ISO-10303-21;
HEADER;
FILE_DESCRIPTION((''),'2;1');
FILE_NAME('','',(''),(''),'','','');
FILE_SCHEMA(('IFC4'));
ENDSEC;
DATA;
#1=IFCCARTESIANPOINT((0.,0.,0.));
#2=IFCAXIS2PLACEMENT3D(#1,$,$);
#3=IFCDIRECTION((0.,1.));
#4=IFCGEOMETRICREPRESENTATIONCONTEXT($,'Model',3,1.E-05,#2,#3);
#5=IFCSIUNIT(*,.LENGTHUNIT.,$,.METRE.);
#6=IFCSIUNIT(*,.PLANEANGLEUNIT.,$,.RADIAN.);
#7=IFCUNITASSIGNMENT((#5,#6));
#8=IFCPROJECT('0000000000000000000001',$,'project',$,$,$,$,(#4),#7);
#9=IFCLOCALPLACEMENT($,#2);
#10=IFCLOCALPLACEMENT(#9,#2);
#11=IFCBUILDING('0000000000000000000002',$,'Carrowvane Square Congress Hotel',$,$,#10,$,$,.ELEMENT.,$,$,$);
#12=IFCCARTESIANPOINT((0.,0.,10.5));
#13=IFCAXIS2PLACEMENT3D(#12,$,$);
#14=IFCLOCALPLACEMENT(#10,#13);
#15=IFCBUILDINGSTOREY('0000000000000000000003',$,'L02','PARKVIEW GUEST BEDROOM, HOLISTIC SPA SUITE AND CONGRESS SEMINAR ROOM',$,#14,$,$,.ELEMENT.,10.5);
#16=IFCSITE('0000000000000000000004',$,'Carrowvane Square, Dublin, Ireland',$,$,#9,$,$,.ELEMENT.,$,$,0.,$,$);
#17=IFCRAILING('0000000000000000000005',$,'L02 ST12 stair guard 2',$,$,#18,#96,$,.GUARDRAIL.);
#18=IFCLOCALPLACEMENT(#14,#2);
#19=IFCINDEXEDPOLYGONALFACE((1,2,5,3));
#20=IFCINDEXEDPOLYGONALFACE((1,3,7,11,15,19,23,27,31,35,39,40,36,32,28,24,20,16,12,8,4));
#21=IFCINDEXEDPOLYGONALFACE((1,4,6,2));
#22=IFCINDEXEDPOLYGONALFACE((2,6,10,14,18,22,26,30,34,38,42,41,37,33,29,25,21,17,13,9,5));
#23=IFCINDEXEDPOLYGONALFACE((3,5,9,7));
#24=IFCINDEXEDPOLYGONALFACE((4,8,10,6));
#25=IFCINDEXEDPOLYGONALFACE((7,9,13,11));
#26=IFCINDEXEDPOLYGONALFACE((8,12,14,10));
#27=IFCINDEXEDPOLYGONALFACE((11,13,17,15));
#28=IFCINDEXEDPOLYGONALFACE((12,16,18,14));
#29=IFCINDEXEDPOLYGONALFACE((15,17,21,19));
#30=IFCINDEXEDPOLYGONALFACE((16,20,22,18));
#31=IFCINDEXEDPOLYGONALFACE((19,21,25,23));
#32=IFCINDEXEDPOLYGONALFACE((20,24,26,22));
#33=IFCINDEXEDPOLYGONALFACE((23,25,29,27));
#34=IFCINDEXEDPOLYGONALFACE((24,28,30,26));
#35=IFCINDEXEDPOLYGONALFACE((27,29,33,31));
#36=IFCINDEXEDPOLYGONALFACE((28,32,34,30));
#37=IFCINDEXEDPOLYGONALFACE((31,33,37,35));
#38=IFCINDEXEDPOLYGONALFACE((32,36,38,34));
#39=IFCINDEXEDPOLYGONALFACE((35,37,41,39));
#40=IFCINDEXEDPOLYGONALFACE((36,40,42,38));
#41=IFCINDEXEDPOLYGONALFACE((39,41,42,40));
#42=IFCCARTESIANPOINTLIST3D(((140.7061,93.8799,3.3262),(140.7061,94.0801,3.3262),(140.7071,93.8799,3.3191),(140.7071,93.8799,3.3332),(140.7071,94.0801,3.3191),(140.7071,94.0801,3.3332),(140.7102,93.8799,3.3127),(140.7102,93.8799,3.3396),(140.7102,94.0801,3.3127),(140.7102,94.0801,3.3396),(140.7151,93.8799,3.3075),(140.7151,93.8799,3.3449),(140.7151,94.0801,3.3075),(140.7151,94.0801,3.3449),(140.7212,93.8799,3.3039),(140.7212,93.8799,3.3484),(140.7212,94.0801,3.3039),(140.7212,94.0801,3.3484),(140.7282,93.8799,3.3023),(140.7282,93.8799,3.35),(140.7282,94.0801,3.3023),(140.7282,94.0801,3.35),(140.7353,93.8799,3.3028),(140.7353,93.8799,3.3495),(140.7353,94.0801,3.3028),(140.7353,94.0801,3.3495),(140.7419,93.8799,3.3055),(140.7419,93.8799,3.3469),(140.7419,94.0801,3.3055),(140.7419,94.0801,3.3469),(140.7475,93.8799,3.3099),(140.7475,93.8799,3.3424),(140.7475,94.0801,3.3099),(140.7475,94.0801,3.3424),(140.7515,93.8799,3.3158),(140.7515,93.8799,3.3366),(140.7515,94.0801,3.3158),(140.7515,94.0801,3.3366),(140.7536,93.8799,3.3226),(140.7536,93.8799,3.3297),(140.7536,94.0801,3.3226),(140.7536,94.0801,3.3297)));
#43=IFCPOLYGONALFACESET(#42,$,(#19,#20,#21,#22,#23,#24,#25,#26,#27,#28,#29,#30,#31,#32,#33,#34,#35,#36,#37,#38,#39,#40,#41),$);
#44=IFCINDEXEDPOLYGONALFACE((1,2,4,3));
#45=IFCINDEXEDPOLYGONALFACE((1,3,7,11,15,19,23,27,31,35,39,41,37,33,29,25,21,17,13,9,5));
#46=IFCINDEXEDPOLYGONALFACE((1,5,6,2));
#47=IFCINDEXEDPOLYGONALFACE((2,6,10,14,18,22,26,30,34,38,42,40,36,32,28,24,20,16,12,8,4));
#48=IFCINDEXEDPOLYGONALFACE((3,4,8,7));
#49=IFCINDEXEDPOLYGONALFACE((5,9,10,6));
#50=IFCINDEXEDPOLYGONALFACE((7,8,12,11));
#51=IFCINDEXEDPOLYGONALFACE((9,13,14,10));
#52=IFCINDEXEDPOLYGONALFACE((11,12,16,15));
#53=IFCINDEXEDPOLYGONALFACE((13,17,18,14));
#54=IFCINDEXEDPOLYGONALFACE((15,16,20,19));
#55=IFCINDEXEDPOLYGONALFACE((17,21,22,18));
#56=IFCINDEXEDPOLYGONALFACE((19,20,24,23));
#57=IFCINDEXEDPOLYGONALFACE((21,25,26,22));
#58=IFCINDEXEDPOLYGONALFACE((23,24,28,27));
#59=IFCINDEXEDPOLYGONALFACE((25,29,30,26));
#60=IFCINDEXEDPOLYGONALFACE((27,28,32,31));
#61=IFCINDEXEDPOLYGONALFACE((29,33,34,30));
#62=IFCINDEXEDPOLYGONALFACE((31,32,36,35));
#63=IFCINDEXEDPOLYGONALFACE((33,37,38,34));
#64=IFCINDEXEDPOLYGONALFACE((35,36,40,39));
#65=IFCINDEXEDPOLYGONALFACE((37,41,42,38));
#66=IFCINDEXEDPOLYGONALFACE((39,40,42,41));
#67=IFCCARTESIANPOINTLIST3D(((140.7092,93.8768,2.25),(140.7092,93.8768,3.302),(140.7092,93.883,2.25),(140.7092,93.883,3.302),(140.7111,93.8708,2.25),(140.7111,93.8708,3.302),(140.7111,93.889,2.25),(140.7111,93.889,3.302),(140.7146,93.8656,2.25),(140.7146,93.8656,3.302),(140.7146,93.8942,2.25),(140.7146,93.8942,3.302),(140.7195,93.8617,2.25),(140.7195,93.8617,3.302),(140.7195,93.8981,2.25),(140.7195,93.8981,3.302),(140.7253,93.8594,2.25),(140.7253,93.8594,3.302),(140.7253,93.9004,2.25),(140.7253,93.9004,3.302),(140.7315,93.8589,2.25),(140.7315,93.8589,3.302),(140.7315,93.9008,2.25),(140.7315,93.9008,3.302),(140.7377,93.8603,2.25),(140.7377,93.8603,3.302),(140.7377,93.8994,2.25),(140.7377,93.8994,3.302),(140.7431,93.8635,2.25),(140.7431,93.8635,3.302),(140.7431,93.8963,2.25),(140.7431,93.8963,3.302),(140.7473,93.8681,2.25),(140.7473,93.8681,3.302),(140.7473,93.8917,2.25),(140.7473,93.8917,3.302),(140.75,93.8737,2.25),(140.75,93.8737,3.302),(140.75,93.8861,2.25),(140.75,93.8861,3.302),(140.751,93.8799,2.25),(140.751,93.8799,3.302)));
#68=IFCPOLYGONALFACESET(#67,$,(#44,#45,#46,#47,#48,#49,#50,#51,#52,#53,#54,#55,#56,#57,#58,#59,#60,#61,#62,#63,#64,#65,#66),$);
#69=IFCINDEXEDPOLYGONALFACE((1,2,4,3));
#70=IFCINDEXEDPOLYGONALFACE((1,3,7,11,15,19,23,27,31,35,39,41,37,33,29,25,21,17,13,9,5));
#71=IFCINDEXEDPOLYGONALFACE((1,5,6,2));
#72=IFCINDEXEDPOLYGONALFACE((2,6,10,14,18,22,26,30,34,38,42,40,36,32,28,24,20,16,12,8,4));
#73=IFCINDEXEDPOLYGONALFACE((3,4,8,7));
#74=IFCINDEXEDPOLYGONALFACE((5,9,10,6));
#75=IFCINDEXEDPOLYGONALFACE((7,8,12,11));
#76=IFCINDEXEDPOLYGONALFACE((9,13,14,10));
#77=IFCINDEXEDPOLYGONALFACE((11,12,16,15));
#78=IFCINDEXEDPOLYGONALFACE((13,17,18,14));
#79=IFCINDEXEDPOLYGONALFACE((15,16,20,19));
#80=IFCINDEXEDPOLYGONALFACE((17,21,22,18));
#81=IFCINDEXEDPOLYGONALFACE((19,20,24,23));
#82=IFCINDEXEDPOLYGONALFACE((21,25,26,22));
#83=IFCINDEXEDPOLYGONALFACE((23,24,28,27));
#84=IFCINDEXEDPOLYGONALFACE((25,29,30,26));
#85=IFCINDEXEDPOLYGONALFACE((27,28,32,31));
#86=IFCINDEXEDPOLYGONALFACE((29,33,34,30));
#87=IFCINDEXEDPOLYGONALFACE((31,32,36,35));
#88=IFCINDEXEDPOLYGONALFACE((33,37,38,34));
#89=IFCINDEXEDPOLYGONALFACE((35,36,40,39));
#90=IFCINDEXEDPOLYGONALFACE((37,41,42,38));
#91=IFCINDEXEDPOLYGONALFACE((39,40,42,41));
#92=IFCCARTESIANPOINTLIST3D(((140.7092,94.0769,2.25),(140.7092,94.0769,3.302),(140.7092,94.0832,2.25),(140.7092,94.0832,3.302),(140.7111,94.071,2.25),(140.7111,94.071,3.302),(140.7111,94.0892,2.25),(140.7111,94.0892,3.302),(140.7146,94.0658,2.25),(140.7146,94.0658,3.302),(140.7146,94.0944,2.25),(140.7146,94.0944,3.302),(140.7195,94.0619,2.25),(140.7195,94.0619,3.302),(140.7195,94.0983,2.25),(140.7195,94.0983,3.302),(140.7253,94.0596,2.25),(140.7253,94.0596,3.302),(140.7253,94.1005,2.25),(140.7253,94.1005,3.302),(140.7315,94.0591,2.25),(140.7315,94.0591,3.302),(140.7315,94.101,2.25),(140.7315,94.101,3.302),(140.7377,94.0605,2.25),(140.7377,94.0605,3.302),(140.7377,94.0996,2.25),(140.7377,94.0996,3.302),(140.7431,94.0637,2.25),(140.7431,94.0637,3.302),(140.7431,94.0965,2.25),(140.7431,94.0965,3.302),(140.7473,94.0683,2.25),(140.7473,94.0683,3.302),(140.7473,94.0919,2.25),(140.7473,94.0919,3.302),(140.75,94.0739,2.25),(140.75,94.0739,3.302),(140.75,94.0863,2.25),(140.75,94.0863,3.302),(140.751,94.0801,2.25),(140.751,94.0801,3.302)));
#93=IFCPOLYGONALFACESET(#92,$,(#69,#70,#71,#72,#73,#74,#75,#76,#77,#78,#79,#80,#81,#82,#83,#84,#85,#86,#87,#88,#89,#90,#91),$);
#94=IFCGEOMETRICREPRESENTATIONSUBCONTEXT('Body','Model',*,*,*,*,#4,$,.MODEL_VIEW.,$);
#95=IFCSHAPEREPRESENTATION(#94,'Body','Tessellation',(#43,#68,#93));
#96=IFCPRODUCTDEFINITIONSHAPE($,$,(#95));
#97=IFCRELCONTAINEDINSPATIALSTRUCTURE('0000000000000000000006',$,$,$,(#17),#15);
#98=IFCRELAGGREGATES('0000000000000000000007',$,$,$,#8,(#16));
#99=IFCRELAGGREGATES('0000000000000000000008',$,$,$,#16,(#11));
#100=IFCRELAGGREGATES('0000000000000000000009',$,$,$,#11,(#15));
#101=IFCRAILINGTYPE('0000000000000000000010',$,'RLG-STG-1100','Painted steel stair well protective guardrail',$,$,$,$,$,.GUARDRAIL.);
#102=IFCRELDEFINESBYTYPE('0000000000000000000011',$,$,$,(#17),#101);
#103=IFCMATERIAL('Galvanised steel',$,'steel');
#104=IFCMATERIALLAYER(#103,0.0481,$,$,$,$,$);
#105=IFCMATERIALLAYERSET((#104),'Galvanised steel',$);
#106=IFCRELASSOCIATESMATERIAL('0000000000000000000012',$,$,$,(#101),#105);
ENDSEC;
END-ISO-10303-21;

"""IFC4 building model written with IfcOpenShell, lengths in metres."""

from ifc_helpers import new_model, si_unit, direction, frame, origin, origin_2d, place, context, subcontext, project, spatial, circle, extrude, material, layer, layer_set, type_object, element, save


model = new_model("IFC4")

# Units and contexts
model_context = context("Model", 3, precision=1e-05, world=origin(), true_north=direction((0.0, 1.0)))
body_context = subcontext(model_context, "Body", "Model", "MODEL_VIEW")
ifc_project = project(units=[si_unit("LENGTHUNIT", "METRE"), si_unit("PLANEANGLEUNIT", "RADIAN")], contexts=[model_context])

# Site, building, storey
site_placement = place(None, origin())
site = spatial("IfcSite", under=ifc_project, at=site_placement, Name="Carrowvane Square, Dublin, Ireland", CompositionType="ELEMENT", RefElevation=0.0)
building_placement = place(site_placement, origin())
building = spatial("IfcBuilding", under=site, at=building_placement, Name="Carrowvane Square Congress Hotel", CompositionType="ELEMENT")
storey_placement = place(building_placement, frame((0.0, 0.0, 10.5)))
storey = spatial("IfcBuildingStorey", under=building, at=storey_placement, Name="L02", Description="PARKVIEW GUEST BEDROOM, HOLISTIC SPA SUITE AND CONGRESS SEMINAR ROOM", CompositionType="ELEMENT", Elevation=10.5)

# Railing
ifc_material_1 = material(Name="Galvanised steel", Category="steel")
ifc_layer_1 = layer(ifc_material_1, 0.0481)
ifc_layer_set_1 = layer_set([ifc_layer_1], Name="Galvanised steel")
railing_type_1 = type_object("IfcRailingType", Name="RLG-STG-1100", Description="Painted steel stair well protective guardrail", PredefinedType="GUARDRAIL", material=ifc_layer_set_1)
railing_1_placement = place(storey_placement, frame((140.73, 93.8799, 2.25)))
element("IfcRailing", 1, at=railing_1_placement, inside=storey, type_object=railing_type_1, Name="L02 ST12 stair guard 2", PredefinedType="GUARDRAIL", context=body_context, shape_type="SweptSolid", body=[
    extrude(circle(Radius=0.0239, at=origin_2d()), frame((0.0, 0.0, 1.0762), z_axis=(0.0, 1.0, 0.0), x_axis=(-1.0, 0.0, 0.0)), (0.0, 0.0, 1.0), 0.2002),
    extrude(circle(Radius=0.021, at=origin_2d()), origin(), (0.0, 0.0, 1.0), 1.052),
    extrude(circle(Radius=0.021, at=origin_2d()), frame((0.0, 0.2002, 0.0)), (0.0, 0.0, 1.0), 1.052),
])

save(model, "model.ifc")
